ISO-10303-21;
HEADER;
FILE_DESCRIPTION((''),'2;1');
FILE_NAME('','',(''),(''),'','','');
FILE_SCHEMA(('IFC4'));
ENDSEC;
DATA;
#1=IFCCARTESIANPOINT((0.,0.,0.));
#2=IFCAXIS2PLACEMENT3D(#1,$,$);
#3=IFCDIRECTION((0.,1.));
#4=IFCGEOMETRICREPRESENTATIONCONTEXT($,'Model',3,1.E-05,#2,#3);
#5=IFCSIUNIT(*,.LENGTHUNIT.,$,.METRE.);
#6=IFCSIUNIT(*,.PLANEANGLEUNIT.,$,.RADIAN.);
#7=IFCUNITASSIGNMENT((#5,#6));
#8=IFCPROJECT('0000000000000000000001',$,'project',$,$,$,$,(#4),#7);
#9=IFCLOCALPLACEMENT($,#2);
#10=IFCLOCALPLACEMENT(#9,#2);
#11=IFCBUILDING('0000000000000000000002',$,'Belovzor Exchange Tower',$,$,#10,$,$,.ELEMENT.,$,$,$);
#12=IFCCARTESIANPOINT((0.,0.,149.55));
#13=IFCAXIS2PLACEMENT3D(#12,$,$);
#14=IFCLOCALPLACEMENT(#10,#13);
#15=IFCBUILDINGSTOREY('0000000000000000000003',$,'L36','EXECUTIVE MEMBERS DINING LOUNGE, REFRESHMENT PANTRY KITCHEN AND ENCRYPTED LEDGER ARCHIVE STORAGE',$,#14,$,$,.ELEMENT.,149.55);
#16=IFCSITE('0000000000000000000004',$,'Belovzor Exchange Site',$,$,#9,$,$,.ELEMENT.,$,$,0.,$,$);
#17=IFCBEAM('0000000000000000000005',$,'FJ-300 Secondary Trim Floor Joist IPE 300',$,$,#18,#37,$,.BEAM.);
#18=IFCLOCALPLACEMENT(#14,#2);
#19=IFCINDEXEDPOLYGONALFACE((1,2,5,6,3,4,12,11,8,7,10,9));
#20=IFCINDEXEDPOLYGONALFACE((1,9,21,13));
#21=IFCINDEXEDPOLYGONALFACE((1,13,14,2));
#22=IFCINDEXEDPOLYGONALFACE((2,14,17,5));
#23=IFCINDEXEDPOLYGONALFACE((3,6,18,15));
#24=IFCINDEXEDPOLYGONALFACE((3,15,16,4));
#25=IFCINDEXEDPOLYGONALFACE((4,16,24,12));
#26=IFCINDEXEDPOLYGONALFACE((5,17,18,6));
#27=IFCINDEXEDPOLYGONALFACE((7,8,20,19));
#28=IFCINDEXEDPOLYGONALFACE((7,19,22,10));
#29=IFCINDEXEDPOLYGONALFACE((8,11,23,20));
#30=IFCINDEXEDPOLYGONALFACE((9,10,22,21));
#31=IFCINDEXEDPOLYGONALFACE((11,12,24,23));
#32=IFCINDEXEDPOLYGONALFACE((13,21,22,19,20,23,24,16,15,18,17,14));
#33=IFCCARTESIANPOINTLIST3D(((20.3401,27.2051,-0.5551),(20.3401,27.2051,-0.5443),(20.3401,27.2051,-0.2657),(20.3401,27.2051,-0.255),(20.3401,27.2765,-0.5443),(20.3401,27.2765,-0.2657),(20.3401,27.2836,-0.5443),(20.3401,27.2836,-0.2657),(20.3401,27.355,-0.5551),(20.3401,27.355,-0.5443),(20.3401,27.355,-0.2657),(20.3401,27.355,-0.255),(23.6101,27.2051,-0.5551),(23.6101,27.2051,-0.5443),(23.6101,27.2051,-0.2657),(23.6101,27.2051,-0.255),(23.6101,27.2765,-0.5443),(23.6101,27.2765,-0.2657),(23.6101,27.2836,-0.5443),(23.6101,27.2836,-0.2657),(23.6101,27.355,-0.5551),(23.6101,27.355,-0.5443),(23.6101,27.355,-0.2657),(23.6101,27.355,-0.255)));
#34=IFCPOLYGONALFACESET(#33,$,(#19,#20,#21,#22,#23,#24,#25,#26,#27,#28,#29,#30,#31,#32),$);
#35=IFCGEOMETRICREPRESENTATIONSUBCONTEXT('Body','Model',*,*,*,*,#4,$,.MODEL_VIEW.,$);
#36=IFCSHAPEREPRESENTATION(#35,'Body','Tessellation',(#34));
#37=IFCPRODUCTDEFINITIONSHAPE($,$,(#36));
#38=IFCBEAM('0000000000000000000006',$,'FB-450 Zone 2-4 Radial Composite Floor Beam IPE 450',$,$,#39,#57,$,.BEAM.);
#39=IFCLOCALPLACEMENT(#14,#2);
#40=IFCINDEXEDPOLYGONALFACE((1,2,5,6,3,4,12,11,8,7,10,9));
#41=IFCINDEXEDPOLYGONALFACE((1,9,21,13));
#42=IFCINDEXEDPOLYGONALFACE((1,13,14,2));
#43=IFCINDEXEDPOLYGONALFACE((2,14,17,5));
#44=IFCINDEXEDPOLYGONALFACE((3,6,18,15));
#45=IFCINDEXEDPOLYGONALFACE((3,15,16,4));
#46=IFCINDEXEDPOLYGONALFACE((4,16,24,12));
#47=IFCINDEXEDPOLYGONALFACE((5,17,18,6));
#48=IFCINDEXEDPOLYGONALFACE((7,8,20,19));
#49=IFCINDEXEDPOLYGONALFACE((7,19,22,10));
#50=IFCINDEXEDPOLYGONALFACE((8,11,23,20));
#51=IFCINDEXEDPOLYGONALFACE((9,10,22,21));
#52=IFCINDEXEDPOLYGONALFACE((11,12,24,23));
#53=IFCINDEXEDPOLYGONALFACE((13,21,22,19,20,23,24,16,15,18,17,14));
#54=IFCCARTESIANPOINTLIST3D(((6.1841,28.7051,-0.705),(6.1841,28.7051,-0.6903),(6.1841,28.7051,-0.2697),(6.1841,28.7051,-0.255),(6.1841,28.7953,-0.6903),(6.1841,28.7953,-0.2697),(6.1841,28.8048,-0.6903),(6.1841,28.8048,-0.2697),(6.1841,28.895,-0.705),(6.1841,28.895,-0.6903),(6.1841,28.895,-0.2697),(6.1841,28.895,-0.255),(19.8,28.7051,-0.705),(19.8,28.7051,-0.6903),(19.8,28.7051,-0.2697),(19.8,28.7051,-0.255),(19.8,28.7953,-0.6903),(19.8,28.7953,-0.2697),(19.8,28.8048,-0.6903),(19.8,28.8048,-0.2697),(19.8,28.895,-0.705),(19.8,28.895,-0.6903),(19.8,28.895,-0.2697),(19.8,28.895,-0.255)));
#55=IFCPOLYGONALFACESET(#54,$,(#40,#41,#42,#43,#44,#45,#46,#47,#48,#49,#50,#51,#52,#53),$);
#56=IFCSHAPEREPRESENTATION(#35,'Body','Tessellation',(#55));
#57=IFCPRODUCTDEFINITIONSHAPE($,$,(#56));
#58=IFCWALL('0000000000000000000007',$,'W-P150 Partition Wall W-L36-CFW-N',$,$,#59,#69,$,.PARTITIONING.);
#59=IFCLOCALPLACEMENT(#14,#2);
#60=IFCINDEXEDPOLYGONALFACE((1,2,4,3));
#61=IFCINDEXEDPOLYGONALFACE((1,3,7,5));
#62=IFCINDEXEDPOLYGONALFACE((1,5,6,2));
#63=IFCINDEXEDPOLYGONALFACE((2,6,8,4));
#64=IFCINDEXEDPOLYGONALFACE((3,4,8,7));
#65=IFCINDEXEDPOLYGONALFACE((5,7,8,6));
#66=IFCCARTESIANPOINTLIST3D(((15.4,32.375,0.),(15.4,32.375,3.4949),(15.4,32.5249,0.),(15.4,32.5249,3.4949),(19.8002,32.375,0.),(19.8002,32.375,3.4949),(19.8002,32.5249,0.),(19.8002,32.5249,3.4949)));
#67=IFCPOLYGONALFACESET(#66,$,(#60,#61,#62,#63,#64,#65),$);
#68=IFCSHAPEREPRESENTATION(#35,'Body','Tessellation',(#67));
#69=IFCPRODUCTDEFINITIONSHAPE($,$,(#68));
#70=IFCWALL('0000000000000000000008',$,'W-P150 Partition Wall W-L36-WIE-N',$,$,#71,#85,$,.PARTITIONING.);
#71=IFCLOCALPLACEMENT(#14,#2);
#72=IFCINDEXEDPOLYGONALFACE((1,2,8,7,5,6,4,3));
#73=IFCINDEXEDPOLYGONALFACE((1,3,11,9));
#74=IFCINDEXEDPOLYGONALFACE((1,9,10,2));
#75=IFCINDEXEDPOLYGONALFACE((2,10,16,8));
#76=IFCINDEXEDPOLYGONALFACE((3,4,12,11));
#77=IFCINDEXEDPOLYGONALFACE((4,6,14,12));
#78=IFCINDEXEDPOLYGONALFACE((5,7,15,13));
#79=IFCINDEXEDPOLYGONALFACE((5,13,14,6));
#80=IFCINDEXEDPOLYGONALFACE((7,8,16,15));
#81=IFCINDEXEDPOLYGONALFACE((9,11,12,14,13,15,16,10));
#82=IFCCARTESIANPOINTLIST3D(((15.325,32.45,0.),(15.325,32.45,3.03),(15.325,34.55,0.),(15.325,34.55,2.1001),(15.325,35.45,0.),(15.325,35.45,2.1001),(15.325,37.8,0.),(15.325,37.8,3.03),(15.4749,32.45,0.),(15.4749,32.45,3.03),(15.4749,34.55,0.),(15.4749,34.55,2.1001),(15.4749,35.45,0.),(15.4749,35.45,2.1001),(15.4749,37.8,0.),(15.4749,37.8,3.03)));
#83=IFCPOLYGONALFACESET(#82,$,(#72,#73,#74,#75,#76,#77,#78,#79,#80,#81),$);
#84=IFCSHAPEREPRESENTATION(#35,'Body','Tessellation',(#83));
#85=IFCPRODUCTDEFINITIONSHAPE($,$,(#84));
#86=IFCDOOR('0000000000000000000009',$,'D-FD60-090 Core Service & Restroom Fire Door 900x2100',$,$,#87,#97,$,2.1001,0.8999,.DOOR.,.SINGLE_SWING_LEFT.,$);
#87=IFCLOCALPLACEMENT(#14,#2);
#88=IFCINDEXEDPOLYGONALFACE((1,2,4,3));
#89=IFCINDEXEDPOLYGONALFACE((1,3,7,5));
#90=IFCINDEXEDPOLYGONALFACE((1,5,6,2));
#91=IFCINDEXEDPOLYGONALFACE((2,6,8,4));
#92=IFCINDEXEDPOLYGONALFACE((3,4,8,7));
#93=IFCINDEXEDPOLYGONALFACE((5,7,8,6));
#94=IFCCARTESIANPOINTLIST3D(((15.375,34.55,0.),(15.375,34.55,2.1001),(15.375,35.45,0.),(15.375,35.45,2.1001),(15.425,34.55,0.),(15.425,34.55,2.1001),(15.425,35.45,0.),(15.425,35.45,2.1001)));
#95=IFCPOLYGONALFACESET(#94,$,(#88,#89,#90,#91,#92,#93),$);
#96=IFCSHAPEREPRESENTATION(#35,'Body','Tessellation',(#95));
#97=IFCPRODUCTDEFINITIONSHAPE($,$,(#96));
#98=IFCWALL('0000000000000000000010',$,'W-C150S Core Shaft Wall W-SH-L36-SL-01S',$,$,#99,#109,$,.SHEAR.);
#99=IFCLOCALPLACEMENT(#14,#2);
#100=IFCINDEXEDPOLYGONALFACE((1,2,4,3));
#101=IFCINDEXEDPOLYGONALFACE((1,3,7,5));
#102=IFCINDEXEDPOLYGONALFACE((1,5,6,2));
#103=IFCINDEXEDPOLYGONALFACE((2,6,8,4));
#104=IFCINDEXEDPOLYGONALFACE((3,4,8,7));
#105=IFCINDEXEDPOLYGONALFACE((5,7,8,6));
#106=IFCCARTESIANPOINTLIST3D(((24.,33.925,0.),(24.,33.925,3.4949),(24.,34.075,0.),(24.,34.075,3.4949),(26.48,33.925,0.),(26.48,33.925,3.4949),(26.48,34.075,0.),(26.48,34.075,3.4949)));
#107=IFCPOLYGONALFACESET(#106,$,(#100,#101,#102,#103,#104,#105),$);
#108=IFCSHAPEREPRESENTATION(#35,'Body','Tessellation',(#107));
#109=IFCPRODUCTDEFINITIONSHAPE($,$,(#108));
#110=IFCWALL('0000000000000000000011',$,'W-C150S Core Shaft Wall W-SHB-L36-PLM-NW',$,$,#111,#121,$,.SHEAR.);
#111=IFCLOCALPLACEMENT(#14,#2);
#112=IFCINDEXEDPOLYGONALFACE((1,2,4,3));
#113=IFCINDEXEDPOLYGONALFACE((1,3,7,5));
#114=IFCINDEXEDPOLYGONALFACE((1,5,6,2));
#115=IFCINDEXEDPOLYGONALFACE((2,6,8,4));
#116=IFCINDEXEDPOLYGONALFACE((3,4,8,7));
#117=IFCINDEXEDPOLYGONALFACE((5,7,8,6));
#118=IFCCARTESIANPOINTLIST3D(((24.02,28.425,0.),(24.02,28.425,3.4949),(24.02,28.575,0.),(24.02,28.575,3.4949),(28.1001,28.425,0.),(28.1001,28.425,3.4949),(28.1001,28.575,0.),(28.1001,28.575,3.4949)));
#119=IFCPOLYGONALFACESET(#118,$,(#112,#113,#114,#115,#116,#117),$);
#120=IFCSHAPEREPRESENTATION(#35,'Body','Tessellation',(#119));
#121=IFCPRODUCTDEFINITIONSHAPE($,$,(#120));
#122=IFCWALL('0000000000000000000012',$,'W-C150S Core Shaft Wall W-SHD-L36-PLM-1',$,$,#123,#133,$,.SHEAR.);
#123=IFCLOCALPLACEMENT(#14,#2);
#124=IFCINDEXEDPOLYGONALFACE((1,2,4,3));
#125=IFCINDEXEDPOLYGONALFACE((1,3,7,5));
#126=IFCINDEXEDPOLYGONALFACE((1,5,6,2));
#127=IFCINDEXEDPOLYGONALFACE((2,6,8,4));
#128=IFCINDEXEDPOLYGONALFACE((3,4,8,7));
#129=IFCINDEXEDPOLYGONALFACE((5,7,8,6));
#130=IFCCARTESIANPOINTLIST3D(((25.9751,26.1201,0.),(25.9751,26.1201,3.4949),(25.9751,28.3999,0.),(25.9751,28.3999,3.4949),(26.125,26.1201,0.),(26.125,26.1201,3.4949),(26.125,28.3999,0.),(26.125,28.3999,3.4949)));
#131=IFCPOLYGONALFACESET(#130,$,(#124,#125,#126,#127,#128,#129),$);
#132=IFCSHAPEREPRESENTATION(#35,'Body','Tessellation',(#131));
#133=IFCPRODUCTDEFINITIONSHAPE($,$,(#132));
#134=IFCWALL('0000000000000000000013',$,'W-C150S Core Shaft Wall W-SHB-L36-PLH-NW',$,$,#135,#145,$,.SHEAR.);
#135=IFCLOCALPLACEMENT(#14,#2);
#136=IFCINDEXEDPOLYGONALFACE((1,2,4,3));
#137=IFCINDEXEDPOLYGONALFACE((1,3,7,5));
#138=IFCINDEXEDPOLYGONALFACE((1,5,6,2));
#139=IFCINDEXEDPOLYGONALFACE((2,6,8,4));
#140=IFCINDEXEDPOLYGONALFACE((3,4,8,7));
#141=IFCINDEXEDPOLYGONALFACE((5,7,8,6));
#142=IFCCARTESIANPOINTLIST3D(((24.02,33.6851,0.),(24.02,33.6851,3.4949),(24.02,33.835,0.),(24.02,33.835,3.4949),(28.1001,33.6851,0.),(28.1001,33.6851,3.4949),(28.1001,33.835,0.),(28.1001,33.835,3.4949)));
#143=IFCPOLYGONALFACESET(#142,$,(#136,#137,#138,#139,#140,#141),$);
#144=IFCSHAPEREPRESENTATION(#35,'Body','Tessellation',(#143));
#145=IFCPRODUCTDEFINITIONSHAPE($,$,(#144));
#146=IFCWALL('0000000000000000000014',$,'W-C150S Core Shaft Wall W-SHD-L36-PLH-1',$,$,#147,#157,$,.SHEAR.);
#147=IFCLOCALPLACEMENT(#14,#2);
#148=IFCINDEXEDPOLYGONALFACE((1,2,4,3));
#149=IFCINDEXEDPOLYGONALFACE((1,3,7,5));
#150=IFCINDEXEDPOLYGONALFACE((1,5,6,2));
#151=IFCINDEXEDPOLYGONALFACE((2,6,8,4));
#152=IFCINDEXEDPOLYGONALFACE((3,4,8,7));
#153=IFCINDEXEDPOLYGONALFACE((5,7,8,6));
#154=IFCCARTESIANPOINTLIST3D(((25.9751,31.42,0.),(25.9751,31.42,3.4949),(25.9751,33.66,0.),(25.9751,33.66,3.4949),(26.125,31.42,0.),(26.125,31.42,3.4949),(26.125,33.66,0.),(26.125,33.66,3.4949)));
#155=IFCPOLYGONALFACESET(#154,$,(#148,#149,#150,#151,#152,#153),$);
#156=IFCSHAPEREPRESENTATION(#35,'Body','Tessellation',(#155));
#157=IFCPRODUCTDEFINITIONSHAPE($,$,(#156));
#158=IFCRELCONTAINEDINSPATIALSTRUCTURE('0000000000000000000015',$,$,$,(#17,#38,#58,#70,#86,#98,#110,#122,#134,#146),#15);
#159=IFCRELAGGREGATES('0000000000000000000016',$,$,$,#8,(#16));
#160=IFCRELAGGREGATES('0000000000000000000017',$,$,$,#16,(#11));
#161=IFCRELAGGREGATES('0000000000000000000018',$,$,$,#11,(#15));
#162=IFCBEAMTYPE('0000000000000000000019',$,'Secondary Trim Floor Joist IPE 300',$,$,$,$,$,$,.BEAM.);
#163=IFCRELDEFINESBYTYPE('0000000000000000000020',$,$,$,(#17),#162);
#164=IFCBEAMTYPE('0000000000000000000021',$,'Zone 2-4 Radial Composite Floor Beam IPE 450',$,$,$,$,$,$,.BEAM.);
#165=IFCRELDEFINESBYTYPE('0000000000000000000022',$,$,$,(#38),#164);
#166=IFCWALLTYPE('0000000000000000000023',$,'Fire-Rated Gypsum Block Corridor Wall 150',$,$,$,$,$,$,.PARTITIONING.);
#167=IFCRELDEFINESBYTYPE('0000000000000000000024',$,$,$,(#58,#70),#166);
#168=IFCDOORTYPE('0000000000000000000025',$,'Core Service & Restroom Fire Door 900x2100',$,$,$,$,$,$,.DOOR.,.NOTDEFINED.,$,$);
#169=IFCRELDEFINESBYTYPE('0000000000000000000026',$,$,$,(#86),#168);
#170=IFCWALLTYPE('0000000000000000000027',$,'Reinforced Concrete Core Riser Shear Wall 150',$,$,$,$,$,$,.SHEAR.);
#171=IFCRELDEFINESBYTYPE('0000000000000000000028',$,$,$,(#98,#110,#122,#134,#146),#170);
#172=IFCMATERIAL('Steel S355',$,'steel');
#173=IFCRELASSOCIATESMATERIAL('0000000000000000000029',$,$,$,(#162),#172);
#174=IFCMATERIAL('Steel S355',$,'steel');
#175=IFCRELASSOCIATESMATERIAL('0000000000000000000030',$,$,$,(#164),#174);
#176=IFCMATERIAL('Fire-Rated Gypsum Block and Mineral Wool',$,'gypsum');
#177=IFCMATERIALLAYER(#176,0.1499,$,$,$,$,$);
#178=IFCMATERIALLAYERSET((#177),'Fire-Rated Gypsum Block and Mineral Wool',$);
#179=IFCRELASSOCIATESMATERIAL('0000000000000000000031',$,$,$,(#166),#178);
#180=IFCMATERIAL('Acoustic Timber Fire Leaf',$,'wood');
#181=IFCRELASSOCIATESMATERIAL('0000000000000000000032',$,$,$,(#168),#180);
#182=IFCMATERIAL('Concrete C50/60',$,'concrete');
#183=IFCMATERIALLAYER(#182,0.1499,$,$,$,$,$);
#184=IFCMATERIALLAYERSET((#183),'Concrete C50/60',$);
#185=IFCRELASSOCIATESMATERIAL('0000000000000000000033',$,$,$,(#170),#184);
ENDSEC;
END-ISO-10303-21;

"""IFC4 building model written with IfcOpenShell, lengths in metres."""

from ifc_helpers import new_model, si_unit, direction, frame, frame_2d, origin, origin_2d, place, context, subcontext, project, spatial, rectangle, i_section, extrude, material, layer, layer_set, material_profile, profile_set, type_object, element, fill, save


model = new_model("IFC4")

# Units and contexts
model_context = context("Model", 3, precision=1e-05, world=origin(), true_north=direction((0.0, 1.0)))
body_context = subcontext(model_context, "Body", "Model", "MODEL_VIEW")
ifc_project = project(units=[si_unit("LENGTHUNIT", "METRE"), si_unit("PLANEANGLEUNIT", "RADIAN")], contexts=[model_context])

# Site, building, storey
site_placement = place(None, origin())
site = spatial("IfcSite", under=ifc_project, at=site_placement, Name="Belovzor Exchange Site", CompositionType="ELEMENT", RefElevation=0.0)
building_placement = place(site_placement, origin())
building = spatial("IfcBuilding", under=site, at=building_placement, Name="Belovzor Exchange Tower", CompositionType="ELEMENT")
storey_placement = place(building_placement, frame((0.0, 0.0, 149.55)))
storey = spatial("IfcBuildingStorey", under=building, at=storey_placement, Name="L36", Description="EXECUTIVE MEMBERS DINING LOUNGE, REFRESHMENT PANTRY KITCHEN AND ENCRYPTED LEDGER ARCHIVE STORAGE", CompositionType="ELEMENT", Elevation=149.55)

# Beams
ifc_material_1 = material(Name="Steel S355", Category="steel")
ifc_material_profile_1 = material_profile(ifc_material_1, i_section(OverallWidth=0.1499, OverallDepth=0.3, WebThickness=0.0071, FlangeThickness=0.0107, at=origin_2d()))
ifc_profile_set_1 = profile_set([ifc_material_profile_1], Name="Steel S355")
beam_type_1 = type_object("IfcBeamType", Name="Secondary Trim Floor Joist IPE 300", PredefinedType="BEAM", material=ifc_profile_set_1)
beam_1_placement = place(storey_placement, frame((20.3401, 27.28, -0.405), z_axis=(1.0, 0.0, 0.0), x_axis=(0.0, 1.0, 0.0)))
element("IfcBeam", 1, at=beam_1_placement, inside=storey, type_object=beam_type_1, Name="FJ-300 Secondary Trim Floor Joist IPE 300", PredefinedType="BEAM", context=body_context, shape_type="SweptSolid", body=[
    extrude(i_section(OverallWidth=0.1499, OverallDepth=0.3, WebThickness=0.0071, FlangeThickness=0.0107, at=origin_2d()), origin(), (0.0, 0.0, 1.0), 3.27),
])
ifc_material_2 = material(Name="Steel S355", Category="steel")
ifc_material_profile_2 = material_profile(ifc_material_2, i_section(OverallWidth=0.1899, OverallDepth=0.45, WebThickness=0.0095, FlangeThickness=0.0146, at=origin_2d()))
ifc_profile_set_2 = profile_set([ifc_material_profile_2], Name="Steel S355")
beam_type_2 = type_object("IfcBeamType", Name="Zone 2-4 Radial Composite Floor Beam IPE 450", PredefinedType="BEAM", material=ifc_profile_set_2)
beam_2_placement = place(storey_placement, frame((19.8, 28.8, -0.48), z_axis=(-1.0, 0.0, 0.0), x_axis=(0.0, -1.0, 0.0)))
element("IfcBeam", 2, at=beam_2_placement, inside=storey, type_object=beam_type_2, Name="FB-450 Zone 2-4 Radial Composite Floor Beam IPE 450", PredefinedType="BEAM", context=body_context, shape_type="SweptSolid", body=[
    extrude(i_section(OverallWidth=0.1899, OverallDepth=0.45, WebThickness=0.0095, FlangeThickness=0.0146, at=origin_2d()), origin(), (0.0, 0.0, 1.0), 13.616),
])

# Wall
ifc_material_3 = material(Name="Fire-Rated Gypsum Block and Mineral Wool", Category="gypsum")
ifc_layer_1 = layer(ifc_material_3, 0.1499)
ifc_layer_set_1 = layer_set([ifc_layer_1], Name="Fire-Rated Gypsum Block and Mineral Wool")
wall_type_1 = type_object("IfcWallType", Name="Fire-Rated Gypsum Block Corridor Wall 150", PredefinedType="PARTITIONING", material=ifc_layer_set_1)
wall_1_placement = place(storey_placement, frame((15.3999, 32.45, 0.0), z_axis=(0.0, 0.0, 1.0), x_axis=(1.0, 0.0, 0.0)))
element("IfcWall", 3, at=wall_1_placement, inside=storey, type_object=wall_type_1, Name="W-P150 Partition Wall W-L36-CFW-N", PredefinedType="PARTITIONING", context=body_context, shape_type="SweptSolid", body=[
    extrude(rectangle(XDim=4.4001, YDim=0.1499, at=frame_2d((2.2002, 0.0))), origin(), (0.0, 0.0, 1.0), 3.4949),
])

# Wall, opening, door
wall_2_placement = place(storey_placement, frame((15.3999, 32.45, 0.0), z_axis=(0.0, 0.0, 1.0), x_axis=(0.0, 1.0, 0.0)))
wall_2 = element("IfcWall", 4, at=wall_2_placement, inside=storey, type_object=wall_type_1, Name="W-P150 Partition Wall W-L36-WIE-N", PredefinedType="PARTITIONING", context=body_context, shape_type="SweptSolid", body=[
    extrude(rectangle(XDim=5.3501, YDim=0.1499, at=frame_2d((2.675, 0.0))), origin(), (0.0, 0.0, 1.0), 3.03),
])
opening_1_placement = place(wall_2_placement, frame((2.1001, 0.0, 0.0)))
opening_1 = element("IfcOpeningElement", 5, at=opening_1_placement, cuts=wall_2, PredefinedType="OPENING", context=body_context, shape_type="SweptSolid", body=[
    extrude(rectangle(XDim=0.8999, YDim=2.1001, at=frame_2d((0.45, 1.05))), frame((0.0, 0.085, 0.0), z_axis=(0.0, -1.0, 0.0), x_axis=(1.0, 0.0, 0.0)), (0.0, 0.0, 1.0), 0.1699),
])
ifc_material_4 = material(Name="Acoustic Timber Fire Leaf", Category="wood")
door_type_1 = type_object("IfcDoorType", Name="Core Service & Restroom Fire Door 900x2100", OperationType="NOTDEFINED", PredefinedType="DOOR", material=ifc_material_4)
door_1_placement = place(opening_1_placement, origin())
door_1 = element("IfcDoor", 6, at=door_1_placement, inside=storey, type_object=door_type_1, Name="D-FD60-090 Core Service & Restroom Fire Door 900x2100", OperationType="SINGLE_SWING_LEFT", OverallHeight=2.1001, OverallWidth=0.8999, PredefinedType="DOOR", context=body_context, shape_type="SweptSolid", body=[
    extrude(rectangle(XDim=0.8999, YDim=2.1001, at=frame_2d((0.45, 1.05))), frame((0.0, 0.0249, 0.0), z_axis=(0.0, -1.0, 0.0), x_axis=(1.0, 0.0, 0.0)), (0.0, 0.0, 1.0), 0.05),
])
fill(opening_1, door_1)

# Walls
ifc_material_5 = material(Name="Concrete C50/60", Category="concrete")
ifc_layer_2 = layer(ifc_material_5, 0.1499)
ifc_layer_set_2 = layer_set([ifc_layer_2], Name="Concrete C50/60")
wall_type_2 = type_object("IfcWallType", Name="Reinforced Concrete Core Riser Shear Wall 150", PredefinedType="SHEAR", material=ifc_layer_set_2)
wall_3_placement = place(storey_placement, frame((24.0, 34.0, 0.0), z_axis=(0.0, 0.0, 1.0), x_axis=(1.0, 0.0, 0.0)))
element("IfcWall", 7, at=wall_3_placement, inside=storey, type_object=wall_type_2, Name="W-C150S Core Shaft Wall W-SH-L36-SL-01S", PredefinedType="SHEAR", context=body_context, shape_type="SweptSolid", body=[
    extrude(rectangle(XDim=2.48, YDim=0.1499, at=frame_2d((1.24, 0.0))), origin(), (0.0, 0.0, 1.0), 3.4949),
])
wall_4_placement = place(storey_placement, frame((24.02, 28.5, 0.0), z_axis=(0.0, 0.0, 1.0), x_axis=(1.0, 0.0, 0.0)))
element("IfcWall", 8, at=wall_4_placement, inside=storey, type_object=wall_type_2, Name="W-C150S Core Shaft Wall W-SHB-L36-PLM-NW", PredefinedType="SHEAR", context=body_context, shape_type="SweptSolid", body=[
    extrude(rectangle(XDim=4.0801, YDim=0.1499, at=frame_2d((2.04, 0.0))), origin(), (0.0, 0.0, 1.0), 3.4949),
])
wall_5_placement = place(storey_placement, frame((26.05, 26.1201, 0.0), z_axis=(0.0, 0.0, 1.0), x_axis=(0.0, 1.0, 0.0)))
element("IfcWall", 9, at=wall_5_placement, inside=storey, type_object=wall_type_2, Name="W-C150S Core Shaft Wall W-SHD-L36-PLM-1", PredefinedType="SHEAR", context=body_context, shape_type="SweptSolid", body=[
    extrude(rectangle(XDim=2.2798, YDim=0.1499, at=frame_2d((1.1399, 0.0))), origin(), (0.0, 0.0, 1.0), 3.4949),
])
wall_6_placement = place(storey_placement, frame((24.02, 33.76, 0.0), z_axis=(0.0, 0.0, 1.0), x_axis=(1.0, 0.0, 0.0)))
element("IfcWall", 10, at=wall_6_placement, inside=storey, type_object=wall_type_2, Name="W-C150S Core Shaft Wall W-SHB-L36-PLH-NW", PredefinedType="SHEAR", context=body_context, shape_type="SweptSolid", body=[
    extrude(rectangle(XDim=4.0801, YDim=0.1499, at=frame_2d((2.04, 0.0))), origin(), (0.0, 0.0, 1.0), 3.4949),
])
wall_7_placement = place(storey_placement, frame((26.05, 31.4199, 0.0), z_axis=(0.0, 0.0, 1.0), x_axis=(0.0, 1.0, 0.0)))
element("IfcWall", 11, at=wall_7_placement, inside=storey, type_object=wall_type_2, Name="W-C150S Core Shaft Wall W-SHD-L36-PLH-1", PredefinedType="SHEAR", context=body_context, shape_type="SweptSolid", body=[
    extrude(rectangle(XDim=2.24, YDim=0.1499, at=frame_2d((1.1201, 0.0))), origin(), (0.0, 0.0, 1.0), 3.4949),
])

save(model, "model.ifc")
